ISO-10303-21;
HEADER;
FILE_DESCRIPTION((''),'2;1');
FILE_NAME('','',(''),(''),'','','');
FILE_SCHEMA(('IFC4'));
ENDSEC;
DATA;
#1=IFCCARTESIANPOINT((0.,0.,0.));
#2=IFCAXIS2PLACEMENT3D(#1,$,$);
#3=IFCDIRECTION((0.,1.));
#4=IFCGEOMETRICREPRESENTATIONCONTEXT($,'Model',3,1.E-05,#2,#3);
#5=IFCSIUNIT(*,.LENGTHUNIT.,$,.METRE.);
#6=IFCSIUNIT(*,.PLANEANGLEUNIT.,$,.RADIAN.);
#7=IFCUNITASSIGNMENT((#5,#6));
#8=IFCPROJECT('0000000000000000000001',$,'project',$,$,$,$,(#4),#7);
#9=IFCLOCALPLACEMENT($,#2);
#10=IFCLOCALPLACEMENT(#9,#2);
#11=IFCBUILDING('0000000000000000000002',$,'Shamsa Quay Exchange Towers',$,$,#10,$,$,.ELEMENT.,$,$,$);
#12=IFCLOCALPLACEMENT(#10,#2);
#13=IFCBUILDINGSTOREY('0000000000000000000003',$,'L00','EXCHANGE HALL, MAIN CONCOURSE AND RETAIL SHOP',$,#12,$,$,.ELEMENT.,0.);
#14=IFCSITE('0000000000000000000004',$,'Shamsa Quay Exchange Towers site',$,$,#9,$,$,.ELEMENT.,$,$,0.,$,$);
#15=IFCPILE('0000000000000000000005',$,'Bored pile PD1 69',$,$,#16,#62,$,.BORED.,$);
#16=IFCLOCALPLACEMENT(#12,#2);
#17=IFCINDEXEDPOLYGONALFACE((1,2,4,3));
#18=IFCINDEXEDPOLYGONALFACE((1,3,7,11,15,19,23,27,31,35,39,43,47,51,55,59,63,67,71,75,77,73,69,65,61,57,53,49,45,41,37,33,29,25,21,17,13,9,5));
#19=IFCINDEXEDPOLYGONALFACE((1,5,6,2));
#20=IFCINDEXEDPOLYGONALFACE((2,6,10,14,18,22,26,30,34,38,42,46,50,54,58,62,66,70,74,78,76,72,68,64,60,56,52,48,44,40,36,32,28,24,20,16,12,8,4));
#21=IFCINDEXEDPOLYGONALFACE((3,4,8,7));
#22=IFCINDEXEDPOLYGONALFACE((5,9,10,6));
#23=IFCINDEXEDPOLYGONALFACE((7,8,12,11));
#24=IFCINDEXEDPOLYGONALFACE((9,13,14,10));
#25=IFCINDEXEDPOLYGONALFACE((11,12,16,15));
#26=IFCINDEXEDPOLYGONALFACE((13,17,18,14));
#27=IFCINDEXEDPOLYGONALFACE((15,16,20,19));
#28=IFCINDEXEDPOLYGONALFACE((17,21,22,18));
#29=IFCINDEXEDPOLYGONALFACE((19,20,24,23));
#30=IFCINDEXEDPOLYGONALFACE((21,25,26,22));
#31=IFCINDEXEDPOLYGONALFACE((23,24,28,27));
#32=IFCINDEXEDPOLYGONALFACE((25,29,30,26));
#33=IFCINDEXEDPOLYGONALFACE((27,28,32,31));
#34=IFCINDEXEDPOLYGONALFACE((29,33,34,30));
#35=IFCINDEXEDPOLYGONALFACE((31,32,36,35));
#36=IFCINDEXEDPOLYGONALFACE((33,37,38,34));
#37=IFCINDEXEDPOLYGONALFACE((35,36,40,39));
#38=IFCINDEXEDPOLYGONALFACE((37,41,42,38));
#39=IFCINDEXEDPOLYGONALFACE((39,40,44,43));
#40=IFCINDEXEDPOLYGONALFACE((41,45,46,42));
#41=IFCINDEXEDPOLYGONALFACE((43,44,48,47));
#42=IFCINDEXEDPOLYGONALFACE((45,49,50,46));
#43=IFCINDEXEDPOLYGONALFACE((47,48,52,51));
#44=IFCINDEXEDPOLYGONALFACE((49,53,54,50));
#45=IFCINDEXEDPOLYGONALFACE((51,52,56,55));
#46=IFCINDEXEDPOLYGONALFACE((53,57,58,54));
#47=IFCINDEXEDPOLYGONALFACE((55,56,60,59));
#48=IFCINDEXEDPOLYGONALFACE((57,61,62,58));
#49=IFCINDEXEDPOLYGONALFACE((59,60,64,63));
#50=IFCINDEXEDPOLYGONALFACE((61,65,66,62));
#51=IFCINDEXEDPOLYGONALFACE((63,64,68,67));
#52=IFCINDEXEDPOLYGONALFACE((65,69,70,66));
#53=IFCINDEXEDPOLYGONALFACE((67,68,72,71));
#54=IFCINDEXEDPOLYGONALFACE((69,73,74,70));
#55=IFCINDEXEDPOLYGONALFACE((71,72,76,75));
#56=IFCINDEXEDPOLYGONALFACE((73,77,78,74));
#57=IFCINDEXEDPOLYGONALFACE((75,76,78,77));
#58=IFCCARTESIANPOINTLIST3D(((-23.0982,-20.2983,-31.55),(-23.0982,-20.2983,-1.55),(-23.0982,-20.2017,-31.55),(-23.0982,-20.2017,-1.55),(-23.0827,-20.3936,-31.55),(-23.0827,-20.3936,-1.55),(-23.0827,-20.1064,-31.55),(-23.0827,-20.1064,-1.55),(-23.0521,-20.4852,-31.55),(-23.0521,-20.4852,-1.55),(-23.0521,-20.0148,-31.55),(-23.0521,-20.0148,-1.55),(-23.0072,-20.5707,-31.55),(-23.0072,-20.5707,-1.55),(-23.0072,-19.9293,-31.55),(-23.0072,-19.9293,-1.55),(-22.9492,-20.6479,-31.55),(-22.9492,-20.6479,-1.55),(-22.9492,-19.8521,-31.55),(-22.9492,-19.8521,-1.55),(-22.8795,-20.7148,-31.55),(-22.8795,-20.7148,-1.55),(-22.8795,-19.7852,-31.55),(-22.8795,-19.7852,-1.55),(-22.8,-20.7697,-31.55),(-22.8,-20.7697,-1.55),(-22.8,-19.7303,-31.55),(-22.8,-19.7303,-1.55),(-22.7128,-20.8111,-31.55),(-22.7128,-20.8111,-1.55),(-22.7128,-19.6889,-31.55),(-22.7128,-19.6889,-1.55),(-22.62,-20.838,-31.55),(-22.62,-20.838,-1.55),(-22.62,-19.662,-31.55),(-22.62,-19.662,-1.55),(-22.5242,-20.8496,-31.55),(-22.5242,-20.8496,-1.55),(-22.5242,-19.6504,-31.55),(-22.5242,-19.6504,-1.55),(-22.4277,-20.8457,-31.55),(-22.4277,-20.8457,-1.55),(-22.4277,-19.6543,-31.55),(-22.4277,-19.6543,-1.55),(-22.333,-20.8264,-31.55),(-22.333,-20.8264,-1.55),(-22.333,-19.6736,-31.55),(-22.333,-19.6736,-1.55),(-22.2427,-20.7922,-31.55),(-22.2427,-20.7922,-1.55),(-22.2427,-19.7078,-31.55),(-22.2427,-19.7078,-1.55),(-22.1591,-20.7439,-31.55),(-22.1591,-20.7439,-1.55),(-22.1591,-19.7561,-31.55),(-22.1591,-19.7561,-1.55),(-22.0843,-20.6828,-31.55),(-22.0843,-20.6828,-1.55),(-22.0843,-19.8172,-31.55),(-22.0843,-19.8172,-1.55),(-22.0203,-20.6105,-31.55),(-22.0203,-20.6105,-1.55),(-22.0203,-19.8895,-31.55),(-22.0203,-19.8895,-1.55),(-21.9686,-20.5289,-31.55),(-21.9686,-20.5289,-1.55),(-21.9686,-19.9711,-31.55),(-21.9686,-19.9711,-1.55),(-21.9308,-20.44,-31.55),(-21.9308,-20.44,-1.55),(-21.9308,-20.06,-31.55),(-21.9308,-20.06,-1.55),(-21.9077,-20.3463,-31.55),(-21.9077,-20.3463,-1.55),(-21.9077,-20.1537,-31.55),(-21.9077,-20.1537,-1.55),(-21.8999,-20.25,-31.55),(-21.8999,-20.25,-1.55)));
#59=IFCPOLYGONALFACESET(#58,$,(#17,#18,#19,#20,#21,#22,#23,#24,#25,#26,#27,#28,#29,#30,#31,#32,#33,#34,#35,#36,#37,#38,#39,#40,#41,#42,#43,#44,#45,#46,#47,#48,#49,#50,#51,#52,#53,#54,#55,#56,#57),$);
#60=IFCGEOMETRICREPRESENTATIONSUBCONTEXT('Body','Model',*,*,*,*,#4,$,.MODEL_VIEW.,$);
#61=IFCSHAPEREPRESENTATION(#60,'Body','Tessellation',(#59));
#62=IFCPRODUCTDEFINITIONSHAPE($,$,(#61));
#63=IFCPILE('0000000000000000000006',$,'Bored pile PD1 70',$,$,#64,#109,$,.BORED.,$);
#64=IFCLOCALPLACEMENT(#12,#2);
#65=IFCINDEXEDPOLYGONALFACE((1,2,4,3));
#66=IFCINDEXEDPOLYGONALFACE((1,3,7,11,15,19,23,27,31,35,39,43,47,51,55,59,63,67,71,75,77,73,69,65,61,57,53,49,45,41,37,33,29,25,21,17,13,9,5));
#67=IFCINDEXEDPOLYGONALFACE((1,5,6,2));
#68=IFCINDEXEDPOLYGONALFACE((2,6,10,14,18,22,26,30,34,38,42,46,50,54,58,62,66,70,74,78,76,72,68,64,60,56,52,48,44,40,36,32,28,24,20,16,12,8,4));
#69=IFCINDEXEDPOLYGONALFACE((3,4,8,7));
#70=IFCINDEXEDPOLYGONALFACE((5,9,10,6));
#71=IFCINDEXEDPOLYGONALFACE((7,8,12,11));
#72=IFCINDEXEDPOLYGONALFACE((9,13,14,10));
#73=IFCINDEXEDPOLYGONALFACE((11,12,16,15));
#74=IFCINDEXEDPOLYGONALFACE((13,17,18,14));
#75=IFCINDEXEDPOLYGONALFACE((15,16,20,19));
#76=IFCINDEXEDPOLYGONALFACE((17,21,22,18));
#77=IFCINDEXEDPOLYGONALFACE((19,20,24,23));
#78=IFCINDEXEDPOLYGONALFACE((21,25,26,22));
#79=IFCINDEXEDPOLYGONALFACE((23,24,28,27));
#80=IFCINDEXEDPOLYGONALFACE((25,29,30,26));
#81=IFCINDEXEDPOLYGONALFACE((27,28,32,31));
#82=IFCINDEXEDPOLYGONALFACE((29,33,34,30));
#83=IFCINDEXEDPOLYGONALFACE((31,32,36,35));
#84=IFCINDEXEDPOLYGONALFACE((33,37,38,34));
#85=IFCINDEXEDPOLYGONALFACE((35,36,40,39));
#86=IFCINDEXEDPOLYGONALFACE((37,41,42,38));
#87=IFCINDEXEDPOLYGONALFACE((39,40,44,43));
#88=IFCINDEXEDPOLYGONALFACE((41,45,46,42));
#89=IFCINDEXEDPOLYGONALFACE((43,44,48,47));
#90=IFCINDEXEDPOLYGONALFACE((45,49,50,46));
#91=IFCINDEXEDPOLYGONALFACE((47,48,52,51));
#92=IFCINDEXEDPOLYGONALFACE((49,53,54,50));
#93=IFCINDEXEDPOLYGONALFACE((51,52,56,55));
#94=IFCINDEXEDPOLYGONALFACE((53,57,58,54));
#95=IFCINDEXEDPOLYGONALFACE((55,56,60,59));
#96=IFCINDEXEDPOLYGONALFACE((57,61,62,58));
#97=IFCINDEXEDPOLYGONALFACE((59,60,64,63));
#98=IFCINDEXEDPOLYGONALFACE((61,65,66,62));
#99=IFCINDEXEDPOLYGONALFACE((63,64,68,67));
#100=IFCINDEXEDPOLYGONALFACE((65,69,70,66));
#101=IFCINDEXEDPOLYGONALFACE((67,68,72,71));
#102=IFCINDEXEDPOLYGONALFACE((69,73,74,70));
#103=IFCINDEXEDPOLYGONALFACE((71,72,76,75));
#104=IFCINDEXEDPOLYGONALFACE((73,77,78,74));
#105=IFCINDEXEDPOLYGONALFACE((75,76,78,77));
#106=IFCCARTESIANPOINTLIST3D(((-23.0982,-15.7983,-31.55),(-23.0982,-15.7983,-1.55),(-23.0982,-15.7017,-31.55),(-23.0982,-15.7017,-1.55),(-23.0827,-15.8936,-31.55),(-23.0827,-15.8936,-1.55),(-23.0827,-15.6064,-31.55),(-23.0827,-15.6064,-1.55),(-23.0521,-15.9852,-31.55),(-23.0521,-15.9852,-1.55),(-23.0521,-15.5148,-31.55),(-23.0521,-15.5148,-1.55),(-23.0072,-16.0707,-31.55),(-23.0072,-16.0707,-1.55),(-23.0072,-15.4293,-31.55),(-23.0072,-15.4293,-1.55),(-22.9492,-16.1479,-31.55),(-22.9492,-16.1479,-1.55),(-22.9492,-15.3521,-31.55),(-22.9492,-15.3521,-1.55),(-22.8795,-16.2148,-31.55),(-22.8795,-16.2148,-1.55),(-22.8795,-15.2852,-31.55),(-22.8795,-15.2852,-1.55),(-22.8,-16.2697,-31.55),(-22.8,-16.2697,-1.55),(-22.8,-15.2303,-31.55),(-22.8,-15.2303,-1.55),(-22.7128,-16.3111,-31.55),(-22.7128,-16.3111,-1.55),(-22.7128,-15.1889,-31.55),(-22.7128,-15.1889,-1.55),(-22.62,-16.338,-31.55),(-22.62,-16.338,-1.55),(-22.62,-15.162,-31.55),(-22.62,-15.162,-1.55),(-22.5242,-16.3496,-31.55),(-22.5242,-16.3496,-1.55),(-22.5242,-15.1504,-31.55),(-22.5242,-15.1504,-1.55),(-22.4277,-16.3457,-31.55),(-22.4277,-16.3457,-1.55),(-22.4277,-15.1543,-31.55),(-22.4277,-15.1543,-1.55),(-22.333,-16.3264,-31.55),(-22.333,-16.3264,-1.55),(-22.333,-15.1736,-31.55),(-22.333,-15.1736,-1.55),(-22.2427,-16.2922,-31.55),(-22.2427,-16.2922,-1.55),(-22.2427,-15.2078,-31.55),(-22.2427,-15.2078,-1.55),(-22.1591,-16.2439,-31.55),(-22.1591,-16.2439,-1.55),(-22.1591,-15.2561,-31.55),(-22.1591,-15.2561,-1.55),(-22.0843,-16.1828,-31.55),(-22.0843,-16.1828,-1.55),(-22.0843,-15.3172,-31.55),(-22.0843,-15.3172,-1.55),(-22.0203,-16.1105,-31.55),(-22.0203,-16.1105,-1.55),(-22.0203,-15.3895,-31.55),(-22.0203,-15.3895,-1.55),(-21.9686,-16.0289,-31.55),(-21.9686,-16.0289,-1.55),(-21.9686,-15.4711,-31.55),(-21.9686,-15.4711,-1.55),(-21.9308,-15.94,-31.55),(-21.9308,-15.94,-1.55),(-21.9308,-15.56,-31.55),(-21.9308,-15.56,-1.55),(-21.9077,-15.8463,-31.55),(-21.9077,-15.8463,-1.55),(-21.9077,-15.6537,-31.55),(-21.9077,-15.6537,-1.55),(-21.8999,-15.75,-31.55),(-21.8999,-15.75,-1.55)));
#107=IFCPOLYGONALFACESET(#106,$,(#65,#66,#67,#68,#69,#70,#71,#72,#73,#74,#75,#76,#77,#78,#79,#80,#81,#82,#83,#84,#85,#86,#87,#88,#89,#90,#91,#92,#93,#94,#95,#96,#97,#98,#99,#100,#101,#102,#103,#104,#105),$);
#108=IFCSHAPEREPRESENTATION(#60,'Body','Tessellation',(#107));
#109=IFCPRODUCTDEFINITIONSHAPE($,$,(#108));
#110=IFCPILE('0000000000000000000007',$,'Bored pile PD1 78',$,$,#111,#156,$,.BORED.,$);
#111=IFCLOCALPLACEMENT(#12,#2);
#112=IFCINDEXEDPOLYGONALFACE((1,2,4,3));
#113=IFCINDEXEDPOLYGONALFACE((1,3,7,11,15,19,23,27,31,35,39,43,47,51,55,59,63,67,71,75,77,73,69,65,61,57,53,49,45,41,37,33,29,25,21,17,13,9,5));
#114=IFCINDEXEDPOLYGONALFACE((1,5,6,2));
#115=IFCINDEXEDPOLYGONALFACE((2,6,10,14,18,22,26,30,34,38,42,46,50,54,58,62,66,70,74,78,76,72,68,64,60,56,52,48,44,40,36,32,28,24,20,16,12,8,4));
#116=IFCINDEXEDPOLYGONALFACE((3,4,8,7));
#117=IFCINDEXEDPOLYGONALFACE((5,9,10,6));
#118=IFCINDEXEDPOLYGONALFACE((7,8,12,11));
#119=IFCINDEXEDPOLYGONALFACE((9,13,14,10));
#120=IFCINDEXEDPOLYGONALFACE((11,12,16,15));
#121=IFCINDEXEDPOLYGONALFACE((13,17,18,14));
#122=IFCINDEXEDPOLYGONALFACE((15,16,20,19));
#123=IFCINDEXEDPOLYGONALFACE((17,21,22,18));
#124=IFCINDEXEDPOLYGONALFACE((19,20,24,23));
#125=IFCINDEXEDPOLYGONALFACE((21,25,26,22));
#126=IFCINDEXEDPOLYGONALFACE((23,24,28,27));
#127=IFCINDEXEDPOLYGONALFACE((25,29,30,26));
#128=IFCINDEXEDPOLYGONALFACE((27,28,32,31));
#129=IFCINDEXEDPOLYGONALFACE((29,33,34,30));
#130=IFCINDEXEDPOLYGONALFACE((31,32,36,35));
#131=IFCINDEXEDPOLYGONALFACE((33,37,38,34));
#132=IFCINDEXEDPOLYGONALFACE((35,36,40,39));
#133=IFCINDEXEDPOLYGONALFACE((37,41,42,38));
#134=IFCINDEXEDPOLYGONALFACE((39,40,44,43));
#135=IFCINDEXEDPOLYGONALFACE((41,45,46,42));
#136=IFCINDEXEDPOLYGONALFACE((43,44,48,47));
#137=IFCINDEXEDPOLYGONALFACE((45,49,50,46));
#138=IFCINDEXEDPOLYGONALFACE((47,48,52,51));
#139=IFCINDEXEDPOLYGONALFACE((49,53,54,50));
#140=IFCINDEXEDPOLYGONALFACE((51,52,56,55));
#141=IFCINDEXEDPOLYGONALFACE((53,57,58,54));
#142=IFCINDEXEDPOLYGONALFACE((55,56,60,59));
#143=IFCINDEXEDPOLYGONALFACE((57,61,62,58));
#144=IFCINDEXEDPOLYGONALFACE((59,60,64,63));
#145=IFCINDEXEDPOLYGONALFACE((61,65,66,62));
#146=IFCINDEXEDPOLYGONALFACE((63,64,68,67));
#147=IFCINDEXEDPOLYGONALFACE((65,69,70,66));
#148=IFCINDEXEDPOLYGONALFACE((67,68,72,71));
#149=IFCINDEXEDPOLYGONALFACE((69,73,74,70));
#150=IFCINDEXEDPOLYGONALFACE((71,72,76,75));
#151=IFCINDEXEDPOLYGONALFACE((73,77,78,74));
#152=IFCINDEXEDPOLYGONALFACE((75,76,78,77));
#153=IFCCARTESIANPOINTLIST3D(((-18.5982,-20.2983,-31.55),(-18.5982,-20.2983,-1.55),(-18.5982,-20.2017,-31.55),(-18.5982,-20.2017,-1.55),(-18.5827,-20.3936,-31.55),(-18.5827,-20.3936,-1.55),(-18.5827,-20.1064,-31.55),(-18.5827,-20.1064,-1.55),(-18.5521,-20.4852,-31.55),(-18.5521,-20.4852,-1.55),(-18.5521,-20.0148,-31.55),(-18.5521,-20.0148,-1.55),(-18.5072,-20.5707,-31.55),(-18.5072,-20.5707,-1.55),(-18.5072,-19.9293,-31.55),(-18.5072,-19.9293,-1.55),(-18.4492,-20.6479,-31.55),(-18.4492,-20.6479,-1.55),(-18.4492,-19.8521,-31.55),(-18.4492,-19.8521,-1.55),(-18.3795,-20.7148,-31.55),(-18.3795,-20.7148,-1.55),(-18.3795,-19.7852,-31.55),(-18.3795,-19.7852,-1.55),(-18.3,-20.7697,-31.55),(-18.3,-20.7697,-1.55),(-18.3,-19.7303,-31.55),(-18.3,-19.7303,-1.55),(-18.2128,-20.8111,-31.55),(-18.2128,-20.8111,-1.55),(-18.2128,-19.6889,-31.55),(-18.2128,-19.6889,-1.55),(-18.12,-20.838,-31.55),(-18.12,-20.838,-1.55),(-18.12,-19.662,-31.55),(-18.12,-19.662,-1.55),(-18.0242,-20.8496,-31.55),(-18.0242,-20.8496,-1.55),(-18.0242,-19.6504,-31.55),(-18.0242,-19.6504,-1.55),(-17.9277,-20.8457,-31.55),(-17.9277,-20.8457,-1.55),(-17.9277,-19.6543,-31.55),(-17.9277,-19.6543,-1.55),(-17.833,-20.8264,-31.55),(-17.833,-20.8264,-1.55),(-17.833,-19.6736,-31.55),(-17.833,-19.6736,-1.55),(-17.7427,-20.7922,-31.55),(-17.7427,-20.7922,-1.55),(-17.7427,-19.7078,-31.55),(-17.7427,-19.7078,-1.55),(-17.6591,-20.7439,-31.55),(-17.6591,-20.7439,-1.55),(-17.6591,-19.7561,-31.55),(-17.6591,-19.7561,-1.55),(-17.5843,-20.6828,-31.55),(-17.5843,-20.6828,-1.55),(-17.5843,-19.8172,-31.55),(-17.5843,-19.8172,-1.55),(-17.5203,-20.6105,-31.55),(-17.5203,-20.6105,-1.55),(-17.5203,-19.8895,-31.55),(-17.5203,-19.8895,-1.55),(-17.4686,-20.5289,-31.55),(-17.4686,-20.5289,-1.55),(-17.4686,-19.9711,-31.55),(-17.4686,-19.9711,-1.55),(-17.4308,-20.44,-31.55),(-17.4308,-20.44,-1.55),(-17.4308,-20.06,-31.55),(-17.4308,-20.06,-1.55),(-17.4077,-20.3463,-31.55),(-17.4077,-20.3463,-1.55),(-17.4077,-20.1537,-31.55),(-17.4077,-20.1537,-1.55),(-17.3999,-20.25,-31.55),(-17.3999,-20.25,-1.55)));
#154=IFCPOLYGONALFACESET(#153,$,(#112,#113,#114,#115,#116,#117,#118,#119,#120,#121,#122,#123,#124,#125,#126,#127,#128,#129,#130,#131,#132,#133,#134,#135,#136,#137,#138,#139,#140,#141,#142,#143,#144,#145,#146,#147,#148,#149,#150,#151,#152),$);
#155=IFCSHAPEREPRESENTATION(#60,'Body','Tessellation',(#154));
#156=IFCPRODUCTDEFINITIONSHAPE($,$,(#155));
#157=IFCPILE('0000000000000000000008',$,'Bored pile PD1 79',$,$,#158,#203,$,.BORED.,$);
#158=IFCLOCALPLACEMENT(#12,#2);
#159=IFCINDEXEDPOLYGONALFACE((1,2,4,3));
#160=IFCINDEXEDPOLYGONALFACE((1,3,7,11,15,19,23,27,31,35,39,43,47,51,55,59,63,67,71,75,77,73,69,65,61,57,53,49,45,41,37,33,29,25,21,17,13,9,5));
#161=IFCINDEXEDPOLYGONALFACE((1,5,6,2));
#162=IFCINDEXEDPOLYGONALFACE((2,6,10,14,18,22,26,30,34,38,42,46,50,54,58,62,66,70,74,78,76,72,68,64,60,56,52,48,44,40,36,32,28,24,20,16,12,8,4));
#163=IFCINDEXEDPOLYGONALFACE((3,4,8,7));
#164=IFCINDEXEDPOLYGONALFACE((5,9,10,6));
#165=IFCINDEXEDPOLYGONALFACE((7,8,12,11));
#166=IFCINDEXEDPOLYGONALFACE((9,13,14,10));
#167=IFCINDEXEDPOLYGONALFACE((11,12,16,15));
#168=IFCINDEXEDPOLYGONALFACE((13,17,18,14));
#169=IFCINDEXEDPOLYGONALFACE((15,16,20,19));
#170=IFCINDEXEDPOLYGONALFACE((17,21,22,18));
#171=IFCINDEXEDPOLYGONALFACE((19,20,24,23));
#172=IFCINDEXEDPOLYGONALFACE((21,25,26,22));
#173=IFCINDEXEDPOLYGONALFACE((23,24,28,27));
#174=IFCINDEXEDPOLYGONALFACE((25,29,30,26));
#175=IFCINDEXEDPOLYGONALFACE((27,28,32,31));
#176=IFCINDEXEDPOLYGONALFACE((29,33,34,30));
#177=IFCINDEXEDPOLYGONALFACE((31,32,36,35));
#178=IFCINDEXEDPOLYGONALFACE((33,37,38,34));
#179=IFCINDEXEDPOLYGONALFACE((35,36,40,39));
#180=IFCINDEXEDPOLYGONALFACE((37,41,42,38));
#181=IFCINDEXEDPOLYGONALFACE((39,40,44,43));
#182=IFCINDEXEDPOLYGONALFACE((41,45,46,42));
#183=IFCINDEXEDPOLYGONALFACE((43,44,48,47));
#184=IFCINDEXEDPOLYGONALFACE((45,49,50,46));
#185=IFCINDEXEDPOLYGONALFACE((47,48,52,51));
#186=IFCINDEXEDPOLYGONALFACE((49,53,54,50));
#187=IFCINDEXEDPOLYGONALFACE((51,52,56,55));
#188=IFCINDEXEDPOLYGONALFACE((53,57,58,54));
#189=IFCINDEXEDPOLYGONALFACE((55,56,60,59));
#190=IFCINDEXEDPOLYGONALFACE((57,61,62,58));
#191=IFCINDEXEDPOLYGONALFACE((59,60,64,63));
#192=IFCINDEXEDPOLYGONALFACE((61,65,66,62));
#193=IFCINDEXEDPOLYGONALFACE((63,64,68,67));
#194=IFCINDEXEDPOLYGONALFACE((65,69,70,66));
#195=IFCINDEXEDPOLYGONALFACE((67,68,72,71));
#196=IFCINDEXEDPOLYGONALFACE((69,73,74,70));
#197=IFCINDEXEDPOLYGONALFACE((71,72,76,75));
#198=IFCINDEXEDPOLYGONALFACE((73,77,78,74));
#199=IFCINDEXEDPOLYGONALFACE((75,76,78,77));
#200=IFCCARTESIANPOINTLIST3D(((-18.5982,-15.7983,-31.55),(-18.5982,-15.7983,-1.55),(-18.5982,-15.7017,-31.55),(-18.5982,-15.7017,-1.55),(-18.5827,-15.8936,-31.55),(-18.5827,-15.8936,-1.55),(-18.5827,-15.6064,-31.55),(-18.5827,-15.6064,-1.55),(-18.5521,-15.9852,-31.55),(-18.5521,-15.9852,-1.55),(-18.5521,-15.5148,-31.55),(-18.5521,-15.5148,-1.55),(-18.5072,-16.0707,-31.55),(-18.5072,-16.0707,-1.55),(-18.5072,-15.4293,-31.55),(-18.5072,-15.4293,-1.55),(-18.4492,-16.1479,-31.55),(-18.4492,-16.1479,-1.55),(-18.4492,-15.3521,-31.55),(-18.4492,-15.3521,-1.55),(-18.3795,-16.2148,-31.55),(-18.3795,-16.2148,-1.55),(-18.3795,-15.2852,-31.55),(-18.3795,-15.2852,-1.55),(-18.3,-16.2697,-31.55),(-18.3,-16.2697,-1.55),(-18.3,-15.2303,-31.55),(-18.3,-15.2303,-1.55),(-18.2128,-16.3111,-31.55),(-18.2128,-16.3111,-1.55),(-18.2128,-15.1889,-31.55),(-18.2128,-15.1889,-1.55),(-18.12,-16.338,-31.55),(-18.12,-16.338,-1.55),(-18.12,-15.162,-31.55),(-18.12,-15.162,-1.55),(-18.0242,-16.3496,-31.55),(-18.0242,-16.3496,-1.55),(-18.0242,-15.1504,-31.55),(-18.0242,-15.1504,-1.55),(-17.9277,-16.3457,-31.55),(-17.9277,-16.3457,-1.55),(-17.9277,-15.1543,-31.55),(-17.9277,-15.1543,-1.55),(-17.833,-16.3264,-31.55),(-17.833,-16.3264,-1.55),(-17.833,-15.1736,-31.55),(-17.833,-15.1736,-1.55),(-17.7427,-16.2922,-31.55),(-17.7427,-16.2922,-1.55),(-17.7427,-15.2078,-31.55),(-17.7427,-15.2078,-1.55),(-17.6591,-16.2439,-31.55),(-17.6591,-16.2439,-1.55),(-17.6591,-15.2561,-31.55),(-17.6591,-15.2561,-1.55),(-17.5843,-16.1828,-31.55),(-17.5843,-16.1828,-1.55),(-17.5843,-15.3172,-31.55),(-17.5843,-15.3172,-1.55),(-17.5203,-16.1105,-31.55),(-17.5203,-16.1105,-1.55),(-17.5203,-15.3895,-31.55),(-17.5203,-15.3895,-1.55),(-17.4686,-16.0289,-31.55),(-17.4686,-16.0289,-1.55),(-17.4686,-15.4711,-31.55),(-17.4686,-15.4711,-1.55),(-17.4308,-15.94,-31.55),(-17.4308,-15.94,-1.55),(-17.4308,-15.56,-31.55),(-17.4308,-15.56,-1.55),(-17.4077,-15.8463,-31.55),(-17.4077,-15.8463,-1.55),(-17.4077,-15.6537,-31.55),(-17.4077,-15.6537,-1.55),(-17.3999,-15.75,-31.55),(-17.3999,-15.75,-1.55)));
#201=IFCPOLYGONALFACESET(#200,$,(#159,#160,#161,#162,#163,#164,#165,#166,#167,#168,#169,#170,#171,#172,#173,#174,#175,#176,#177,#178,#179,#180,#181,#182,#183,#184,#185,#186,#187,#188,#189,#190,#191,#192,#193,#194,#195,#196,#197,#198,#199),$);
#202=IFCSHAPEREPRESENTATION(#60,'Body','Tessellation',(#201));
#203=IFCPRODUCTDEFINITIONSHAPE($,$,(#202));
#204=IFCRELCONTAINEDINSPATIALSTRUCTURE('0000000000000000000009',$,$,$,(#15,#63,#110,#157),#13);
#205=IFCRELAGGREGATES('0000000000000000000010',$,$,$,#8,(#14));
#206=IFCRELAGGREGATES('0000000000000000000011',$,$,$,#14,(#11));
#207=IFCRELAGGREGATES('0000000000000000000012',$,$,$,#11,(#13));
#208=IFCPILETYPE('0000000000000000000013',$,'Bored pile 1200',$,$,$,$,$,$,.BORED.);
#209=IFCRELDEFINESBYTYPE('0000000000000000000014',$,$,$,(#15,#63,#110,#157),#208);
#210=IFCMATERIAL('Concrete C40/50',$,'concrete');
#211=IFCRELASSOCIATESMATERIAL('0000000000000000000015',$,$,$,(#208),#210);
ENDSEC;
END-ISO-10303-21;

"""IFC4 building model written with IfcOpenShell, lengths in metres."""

from ifc_helpers import new_model, si_unit, direction, frame, origin, origin_2d, place, context, subcontext, project, spatial, circle, extrude, material, material_profile, profile_set, type_object, element, save


model = new_model("IFC4")

# Units and contexts
model_context = context("Model", 3, precision=1e-05, world=origin(), true_north=direction((0.0, 1.0)))
body_context = subcontext(model_context, "Body", "Model", "MODEL_VIEW")
ifc_project = project(units=[si_unit("LENGTHUNIT", "METRE"), si_unit("PLANEANGLEUNIT", "RADIAN")], contexts=[model_context])

# Site, building, storey
site_placement = place(None, origin())
site = spatial("IfcSite", under=ifc_project, at=site_placement, Name="Shamsa Quay Exchange Towers site", CompositionType="ELEMENT", RefElevation=0.0)
building_placement = place(site_placement, origin())
building = spatial("IfcBuilding", under=site, at=building_placement, Name="Shamsa Quay Exchange Towers", CompositionType="ELEMENT")
storey_placement = place(building_placement, origin())
storey = spatial("IfcBuildingStorey", under=building, at=storey_placement, Name="L00", Description="EXCHANGE HALL, MAIN CONCOURSE AND RETAIL SHOP", CompositionType="ELEMENT", Elevation=0.0)

# Piles
ifc_material_1 = material(Name="Concrete C40/50", Category="concrete")
ifc_material_profile_1 = material_profile(ifc_material_1, circle(Radius=0.6001, at=origin_2d()), Name="BP1200")
ifc_profile_set_1 = profile_set([ifc_material_profile_1], Name="Concrete C40/50")
pile_type_1 = type_object("IfcPileType", Name="Bored pile 1200", PredefinedType="BORED", material=ifc_profile_set_1)
for number, where, z_axis, x_axis, name in (
    (1, (-22.5, -20.25, -1.55), (0.0, 0.0, -1.0), (1.0, 0.0, 0.0), "Bored pile PD1 69"),
    (2, (-22.5, -15.75, -1.55), (0.0, 0.0, -1.0), (1.0, 0.0, 0.0), "Bored pile PD1 70"),
    (3, (-18.0, -20.25, -1.55), (0.0, 0.0, -1.0), (1.0, 0.0, 0.0), "Bored pile PD1 78"),
    (4, (-18.0, -15.75, -1.55), (0.0, 0.0, -1.0), (1.0, 0.0, 0.0), "Bored pile PD1 79"),
):
    element("IfcPile", number, at=place(storey_placement, frame(where, z_axis=z_axis, x_axis=x_axis)), inside=storey, type_object=pile_type_1, Name=name, PredefinedType="BORED", context=body_context, shape_type="SweptSolid", body=[
        extrude(circle(Radius=0.6001, at=origin_2d()), origin(), (0.0, 0.0, 1.0), 30.0),
    ])

save(model, "model.ifc")
